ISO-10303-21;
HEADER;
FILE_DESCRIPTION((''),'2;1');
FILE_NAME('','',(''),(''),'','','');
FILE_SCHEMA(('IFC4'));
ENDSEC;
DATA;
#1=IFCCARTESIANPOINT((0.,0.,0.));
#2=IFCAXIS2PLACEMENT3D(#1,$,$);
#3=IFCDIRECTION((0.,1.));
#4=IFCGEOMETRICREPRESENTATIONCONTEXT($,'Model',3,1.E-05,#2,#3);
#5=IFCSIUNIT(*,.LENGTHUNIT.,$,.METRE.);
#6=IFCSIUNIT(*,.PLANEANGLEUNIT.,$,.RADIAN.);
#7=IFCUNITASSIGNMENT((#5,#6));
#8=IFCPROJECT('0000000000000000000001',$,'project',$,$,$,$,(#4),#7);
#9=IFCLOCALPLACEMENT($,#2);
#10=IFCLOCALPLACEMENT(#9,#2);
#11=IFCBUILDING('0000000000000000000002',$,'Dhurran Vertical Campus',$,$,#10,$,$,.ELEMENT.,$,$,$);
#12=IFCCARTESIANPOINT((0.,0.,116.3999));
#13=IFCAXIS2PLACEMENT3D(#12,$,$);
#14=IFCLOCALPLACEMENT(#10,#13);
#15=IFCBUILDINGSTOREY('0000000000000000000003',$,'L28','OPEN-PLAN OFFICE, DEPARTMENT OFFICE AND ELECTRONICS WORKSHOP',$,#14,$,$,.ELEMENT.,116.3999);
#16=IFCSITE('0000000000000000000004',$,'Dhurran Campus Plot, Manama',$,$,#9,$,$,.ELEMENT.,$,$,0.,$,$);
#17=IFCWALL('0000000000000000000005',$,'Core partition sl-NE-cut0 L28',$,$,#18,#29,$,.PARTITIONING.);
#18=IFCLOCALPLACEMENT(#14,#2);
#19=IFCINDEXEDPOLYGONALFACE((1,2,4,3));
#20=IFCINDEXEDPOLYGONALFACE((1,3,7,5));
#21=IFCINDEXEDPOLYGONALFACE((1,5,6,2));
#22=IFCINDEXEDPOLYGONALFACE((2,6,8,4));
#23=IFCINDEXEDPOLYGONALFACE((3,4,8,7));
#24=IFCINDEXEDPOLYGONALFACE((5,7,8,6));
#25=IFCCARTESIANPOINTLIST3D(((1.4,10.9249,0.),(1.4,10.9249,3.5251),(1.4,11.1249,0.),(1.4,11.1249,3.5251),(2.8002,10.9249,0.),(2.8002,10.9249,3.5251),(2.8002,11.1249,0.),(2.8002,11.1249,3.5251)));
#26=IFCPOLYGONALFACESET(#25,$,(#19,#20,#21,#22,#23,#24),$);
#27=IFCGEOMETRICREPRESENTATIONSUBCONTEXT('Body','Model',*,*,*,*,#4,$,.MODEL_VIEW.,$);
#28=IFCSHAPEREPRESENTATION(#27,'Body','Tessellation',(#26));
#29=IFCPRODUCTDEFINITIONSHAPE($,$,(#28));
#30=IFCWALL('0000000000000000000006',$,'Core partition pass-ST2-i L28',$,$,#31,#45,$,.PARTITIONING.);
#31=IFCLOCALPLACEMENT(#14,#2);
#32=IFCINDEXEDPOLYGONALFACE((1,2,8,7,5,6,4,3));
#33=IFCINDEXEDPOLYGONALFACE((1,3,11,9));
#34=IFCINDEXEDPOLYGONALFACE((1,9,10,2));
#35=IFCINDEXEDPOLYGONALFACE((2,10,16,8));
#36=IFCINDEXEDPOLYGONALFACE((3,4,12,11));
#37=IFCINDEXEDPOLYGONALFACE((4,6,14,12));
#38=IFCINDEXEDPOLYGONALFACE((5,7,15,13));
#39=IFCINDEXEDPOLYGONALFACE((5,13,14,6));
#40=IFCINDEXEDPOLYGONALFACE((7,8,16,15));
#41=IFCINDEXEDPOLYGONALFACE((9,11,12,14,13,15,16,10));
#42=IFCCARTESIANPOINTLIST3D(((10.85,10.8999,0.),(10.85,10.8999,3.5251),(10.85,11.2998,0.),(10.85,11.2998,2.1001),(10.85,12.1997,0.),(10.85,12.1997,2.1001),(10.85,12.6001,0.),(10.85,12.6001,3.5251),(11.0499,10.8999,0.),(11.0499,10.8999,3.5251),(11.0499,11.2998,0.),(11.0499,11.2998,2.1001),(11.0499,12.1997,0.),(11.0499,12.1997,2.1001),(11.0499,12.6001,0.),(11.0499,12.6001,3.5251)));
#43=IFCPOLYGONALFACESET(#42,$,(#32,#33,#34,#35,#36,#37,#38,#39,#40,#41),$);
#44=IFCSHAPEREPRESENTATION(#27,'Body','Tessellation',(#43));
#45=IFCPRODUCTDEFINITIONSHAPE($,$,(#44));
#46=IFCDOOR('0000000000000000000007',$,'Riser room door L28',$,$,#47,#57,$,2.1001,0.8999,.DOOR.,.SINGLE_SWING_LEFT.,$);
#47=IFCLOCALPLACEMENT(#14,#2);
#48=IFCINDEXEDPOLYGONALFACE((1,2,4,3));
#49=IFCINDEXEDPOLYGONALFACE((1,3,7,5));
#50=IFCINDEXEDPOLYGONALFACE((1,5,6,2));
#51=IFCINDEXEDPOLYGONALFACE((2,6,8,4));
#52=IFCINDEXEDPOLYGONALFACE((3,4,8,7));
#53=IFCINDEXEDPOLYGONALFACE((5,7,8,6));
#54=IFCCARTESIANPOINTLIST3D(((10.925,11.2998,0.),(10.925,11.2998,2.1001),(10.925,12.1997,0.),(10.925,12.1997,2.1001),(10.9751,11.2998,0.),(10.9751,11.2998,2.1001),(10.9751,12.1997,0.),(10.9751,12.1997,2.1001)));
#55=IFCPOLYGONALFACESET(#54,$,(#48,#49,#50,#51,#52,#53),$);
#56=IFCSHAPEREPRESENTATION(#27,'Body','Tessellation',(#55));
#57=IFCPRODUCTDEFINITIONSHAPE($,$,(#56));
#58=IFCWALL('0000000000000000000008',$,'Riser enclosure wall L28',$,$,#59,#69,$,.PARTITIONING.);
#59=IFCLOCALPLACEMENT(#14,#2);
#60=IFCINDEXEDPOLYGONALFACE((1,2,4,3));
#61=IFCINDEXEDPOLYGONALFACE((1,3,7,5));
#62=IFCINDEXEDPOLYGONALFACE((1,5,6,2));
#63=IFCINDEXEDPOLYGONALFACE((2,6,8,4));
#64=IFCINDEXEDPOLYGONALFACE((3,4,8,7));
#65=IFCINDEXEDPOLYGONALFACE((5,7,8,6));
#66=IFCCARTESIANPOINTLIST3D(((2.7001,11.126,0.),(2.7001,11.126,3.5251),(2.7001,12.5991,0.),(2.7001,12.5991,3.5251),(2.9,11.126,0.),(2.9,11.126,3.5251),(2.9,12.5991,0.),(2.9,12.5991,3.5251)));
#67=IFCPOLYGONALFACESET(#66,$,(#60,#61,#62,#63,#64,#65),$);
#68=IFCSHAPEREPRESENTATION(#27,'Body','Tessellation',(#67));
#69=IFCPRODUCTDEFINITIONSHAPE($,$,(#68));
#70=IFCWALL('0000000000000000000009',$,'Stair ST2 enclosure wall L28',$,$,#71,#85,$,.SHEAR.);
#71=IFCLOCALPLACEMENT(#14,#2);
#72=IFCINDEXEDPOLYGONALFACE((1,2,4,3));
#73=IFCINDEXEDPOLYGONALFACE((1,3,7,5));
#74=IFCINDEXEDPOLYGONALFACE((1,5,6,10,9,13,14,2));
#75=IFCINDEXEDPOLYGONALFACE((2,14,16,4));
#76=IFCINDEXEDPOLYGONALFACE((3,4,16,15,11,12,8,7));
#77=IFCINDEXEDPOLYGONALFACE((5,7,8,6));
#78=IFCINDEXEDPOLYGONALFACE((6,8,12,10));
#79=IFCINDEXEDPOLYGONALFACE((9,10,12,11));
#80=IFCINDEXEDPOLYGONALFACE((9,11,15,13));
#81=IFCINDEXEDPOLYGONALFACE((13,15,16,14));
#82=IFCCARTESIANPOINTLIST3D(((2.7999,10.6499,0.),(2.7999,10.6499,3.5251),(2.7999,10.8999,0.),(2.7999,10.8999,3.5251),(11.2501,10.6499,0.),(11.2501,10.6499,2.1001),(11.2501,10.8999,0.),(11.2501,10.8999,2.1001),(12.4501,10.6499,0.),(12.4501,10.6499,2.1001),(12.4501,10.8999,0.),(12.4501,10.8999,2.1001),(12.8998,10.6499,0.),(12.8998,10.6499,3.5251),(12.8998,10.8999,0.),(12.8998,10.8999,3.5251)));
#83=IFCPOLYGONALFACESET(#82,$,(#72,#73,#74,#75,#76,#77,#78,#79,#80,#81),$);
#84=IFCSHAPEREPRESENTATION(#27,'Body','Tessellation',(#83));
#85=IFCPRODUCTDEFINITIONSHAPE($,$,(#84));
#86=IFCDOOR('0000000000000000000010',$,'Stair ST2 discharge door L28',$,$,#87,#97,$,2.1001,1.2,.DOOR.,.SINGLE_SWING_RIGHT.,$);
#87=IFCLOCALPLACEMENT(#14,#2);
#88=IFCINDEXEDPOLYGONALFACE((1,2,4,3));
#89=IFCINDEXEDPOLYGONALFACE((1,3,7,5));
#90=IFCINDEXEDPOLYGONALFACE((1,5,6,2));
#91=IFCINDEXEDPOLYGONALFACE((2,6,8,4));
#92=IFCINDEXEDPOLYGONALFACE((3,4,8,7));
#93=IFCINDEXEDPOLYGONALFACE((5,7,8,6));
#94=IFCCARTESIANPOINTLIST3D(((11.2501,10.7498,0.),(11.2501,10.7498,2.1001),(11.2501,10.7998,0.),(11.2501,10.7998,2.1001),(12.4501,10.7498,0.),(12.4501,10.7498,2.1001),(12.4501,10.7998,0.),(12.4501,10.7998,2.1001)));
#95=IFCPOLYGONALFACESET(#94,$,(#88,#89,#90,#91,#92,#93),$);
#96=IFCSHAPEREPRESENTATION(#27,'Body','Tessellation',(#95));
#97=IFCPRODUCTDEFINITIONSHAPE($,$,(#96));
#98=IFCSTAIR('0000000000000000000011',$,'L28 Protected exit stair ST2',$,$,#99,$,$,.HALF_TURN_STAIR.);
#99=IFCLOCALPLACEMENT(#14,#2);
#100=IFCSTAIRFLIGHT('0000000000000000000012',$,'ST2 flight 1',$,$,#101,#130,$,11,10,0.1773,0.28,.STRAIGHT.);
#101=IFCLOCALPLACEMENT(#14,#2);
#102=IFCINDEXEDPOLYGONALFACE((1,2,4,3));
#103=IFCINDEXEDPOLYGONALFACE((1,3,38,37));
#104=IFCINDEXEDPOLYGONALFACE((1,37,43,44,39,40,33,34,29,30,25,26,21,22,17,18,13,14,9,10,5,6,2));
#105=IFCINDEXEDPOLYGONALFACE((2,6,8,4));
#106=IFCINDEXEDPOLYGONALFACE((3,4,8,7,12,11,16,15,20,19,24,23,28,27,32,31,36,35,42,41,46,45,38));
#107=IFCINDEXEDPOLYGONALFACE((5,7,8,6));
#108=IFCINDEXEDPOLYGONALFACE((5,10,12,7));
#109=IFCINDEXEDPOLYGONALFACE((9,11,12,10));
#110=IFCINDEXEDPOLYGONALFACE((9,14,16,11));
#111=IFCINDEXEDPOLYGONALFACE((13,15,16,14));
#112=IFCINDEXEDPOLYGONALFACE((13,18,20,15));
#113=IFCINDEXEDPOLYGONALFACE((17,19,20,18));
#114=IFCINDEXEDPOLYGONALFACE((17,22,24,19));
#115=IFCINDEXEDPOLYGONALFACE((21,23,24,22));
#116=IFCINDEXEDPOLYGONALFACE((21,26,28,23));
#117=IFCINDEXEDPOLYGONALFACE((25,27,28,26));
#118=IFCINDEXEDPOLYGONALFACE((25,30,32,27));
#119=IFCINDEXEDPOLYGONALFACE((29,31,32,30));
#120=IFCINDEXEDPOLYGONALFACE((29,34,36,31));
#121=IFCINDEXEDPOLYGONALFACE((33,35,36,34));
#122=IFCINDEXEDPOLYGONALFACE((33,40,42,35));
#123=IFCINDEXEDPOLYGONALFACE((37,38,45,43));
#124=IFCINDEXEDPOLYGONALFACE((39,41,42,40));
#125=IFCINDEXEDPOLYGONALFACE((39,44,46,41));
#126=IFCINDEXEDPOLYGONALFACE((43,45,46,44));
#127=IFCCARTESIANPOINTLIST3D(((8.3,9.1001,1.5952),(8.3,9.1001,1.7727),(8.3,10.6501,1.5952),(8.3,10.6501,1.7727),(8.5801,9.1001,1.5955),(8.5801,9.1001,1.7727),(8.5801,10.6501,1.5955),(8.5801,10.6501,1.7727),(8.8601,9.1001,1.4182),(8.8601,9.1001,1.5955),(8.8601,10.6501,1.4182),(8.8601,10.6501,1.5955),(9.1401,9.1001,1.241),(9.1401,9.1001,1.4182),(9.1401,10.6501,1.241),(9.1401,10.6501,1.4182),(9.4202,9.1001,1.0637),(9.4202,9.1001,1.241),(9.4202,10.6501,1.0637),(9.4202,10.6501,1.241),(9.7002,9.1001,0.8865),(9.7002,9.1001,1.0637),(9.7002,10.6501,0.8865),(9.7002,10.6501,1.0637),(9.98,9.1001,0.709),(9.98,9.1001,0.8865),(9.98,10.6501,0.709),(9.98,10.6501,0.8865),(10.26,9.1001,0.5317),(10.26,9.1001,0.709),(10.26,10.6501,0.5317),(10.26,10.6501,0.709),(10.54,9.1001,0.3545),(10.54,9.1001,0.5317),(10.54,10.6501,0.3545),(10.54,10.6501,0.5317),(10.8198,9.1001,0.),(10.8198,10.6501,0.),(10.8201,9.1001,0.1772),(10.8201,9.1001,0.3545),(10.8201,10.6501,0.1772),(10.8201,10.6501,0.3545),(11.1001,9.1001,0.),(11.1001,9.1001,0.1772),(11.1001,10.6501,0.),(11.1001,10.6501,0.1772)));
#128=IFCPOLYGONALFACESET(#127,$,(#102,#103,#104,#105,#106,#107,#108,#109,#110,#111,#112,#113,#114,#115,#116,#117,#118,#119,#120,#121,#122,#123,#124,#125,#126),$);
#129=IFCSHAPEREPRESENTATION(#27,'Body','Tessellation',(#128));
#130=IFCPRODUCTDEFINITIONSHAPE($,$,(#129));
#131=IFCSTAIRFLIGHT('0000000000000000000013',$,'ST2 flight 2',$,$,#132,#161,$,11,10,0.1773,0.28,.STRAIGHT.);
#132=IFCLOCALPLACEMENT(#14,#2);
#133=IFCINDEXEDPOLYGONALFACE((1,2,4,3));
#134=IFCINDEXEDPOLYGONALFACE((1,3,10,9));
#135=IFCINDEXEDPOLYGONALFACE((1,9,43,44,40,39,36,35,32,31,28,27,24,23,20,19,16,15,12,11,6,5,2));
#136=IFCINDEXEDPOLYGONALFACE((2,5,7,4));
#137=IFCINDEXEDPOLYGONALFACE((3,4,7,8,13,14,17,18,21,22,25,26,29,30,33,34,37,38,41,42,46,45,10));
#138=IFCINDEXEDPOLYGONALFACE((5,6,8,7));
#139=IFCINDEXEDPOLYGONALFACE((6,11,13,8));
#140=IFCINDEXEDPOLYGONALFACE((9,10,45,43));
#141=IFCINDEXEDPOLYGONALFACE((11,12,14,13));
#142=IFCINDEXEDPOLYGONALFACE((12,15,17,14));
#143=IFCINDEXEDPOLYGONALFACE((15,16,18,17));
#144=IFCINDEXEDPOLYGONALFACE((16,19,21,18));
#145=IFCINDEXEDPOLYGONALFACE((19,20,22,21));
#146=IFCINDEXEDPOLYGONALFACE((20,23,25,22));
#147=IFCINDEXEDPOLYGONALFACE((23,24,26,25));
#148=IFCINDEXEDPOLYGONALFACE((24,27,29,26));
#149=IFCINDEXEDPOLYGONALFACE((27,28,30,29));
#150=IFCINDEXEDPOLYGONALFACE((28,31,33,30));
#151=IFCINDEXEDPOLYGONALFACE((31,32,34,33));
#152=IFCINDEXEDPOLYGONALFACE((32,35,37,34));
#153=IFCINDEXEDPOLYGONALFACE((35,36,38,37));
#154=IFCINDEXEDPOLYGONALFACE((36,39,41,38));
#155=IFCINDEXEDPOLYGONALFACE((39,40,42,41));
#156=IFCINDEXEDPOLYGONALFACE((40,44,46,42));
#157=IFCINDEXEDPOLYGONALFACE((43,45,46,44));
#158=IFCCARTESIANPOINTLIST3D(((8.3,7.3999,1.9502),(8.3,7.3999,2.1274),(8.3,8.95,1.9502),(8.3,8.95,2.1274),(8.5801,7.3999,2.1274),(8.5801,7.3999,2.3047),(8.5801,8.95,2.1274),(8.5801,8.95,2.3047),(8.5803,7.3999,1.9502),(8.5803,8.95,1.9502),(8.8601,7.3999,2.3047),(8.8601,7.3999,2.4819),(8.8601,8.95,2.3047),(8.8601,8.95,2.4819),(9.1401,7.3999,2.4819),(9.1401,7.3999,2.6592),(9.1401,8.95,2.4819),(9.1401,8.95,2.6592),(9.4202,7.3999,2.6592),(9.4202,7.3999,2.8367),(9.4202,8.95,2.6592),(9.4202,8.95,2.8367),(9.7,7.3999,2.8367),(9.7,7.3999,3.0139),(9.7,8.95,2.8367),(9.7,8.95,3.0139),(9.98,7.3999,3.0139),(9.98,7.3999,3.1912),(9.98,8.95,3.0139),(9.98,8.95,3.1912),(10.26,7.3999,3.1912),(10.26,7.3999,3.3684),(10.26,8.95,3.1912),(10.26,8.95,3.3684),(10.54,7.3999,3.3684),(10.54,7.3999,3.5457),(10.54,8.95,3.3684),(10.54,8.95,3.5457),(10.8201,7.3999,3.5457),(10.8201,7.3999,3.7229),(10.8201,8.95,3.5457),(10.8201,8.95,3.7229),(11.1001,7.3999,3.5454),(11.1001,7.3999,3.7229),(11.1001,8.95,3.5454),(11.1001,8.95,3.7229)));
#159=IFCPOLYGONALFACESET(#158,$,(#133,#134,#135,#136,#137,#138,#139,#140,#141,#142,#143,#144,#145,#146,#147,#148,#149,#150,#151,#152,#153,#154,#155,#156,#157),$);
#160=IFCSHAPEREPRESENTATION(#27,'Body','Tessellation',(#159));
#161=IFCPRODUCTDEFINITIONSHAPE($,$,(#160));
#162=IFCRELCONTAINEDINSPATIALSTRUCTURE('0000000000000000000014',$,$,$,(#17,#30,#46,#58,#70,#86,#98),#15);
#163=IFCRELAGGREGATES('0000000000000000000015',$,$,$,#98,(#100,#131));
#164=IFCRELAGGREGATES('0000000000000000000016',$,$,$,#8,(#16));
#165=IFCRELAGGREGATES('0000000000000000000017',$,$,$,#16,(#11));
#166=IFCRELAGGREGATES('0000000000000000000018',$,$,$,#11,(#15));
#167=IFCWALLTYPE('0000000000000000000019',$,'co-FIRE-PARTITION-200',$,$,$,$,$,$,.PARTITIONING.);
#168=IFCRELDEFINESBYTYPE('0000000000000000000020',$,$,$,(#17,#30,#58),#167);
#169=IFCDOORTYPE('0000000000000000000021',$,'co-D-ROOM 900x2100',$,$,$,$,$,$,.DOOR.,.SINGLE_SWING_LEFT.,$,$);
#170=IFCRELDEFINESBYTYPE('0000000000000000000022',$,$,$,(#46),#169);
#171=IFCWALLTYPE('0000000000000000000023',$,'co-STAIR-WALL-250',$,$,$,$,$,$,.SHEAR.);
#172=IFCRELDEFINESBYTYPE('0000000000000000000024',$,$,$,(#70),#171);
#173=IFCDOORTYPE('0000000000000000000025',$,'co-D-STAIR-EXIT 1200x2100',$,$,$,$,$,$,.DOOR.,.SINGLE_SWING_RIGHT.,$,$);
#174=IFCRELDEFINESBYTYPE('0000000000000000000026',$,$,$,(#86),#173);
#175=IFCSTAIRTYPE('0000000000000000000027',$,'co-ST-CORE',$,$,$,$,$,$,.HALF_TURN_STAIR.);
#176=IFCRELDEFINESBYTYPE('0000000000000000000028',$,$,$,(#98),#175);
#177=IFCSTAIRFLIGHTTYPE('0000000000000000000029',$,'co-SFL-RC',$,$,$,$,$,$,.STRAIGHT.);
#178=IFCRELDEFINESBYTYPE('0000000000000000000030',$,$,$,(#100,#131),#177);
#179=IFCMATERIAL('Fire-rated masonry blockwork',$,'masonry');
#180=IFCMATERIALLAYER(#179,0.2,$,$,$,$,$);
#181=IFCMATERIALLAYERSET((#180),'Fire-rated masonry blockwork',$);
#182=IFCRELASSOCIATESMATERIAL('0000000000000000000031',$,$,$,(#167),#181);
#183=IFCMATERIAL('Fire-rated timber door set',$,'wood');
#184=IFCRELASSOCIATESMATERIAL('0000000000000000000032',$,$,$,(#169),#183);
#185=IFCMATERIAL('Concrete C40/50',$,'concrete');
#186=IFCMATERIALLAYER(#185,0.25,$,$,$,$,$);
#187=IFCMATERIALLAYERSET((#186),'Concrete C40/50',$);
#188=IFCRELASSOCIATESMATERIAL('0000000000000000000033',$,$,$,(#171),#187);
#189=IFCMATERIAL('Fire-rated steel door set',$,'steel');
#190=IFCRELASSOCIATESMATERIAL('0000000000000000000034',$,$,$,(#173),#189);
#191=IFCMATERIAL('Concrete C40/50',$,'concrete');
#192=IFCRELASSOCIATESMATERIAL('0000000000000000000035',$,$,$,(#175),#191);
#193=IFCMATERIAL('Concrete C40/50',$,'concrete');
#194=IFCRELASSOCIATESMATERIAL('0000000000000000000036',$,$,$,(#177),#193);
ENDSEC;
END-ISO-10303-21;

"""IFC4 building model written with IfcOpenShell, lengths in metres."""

from ifc_helpers import new_model, si_unit, direction, frame, frame_2d, origin, place, context, subcontext, project, spatial, polyline, rectangle, outline, extrude, material, layer, layer_set, type_object, element, fill, aggregate, save


model = new_model("IFC4")

# Units and contexts
model_context = context("Model", 3, precision=1e-05, world=origin(), true_north=direction((0.0, 1.0)))
body_context = subcontext(model_context, "Body", "Model", "MODEL_VIEW")
ifc_project = project(units=[si_unit("LENGTHUNIT", "METRE"), si_unit("PLANEANGLEUNIT", "RADIAN")], contexts=[model_context])

# Site, building, storey
site_placement = place(None, origin())
site = spatial("IfcSite", under=ifc_project, at=site_placement, Name="Dhurran Campus Plot, Manama", CompositionType="ELEMENT", RefElevation=0.0)
building_placement = place(site_placement, origin())
building = spatial("IfcBuilding", under=site, at=building_placement, Name="Dhurran Vertical Campus", CompositionType="ELEMENT")
storey_placement = place(building_placement, frame((0.0, 0.0, 116.3999)))
storey = spatial("IfcBuildingStorey", under=building, at=storey_placement, Name="L28", Description="OPEN-PLAN OFFICE, DEPARTMENT OFFICE AND ELECTRONICS WORKSHOP", CompositionType="ELEMENT", Elevation=116.3999)

# Wall
ifc_material_1 = material(Name="Fire-rated masonry blockwork", Category="masonry")
ifc_layer_1 = layer(ifc_material_1, 0.2)
ifc_layer_set_1 = layer_set([ifc_layer_1], Name="Fire-rated masonry blockwork")
wall_type_1 = type_object("IfcWallType", Name="co-FIRE-PARTITION-200", PredefinedType="PARTITIONING", material=ifc_layer_set_1)
wall_1_placement = place(storey_placement, frame((1.3999, 11.0249, 0.0), z_axis=(0.0, 0.0, 1.0), x_axis=(1.0, 0.0, 0.0)))
element("IfcWall", 1, at=wall_1_placement, inside=storey, type_object=wall_type_1, Name="Core partition sl-NE-cut0 L28", PredefinedType="PARTITIONING", context=body_context, shape_type="SweptSolid", body=[
    extrude(rectangle(XDim=1.4001, YDim=0.2, at=frame_2d((0.7002, 0.0))), origin(), (0.0, 0.0, 1.0), 3.5251),
])

# Wall, opening, door
wall_2_placement = place(storey_placement, frame((10.95, 10.8999, 0.0), z_axis=(0.0, 0.0, 1.0), x_axis=(0.0, 1.0, 0.0)))
wall_2 = element("IfcWall", 2, at=wall_2_placement, inside=storey, type_object=wall_type_1, Name="Core partition pass-ST2-i L28", PredefinedType="PARTITIONING", context=body_context, shape_type="SweptSolid", body=[
    extrude(rectangle(XDim=1.7002, YDim=0.2, at=frame_2d((0.8501, 0.0))), origin(), (0.0, 0.0, 1.0), 3.5251),
])
opening_1_placement = place(wall_2_placement, frame((0.3999, 0.0, 0.0)))
opening_1 = element("IfcOpeningElement", 3, at=opening_1_placement, cuts=wall_2, PredefinedType="OPENING", context=body_context, shape_type="SweptSolid", body=[
    extrude(rectangle(XDim=0.8999, YDim=2.1001, at=frame_2d((0.45, 1.05))), frame((0.0, 0.1099, 0.0), z_axis=(0.0, -1.0, 0.0), x_axis=(1.0, 0.0, 0.0)), (0.0, 0.0, 1.0), 0.22),
])
ifc_material_2 = material(Name="Fire-rated timber door set", Category="wood")
door_type_1 = type_object("IfcDoorType", Name="co-D-ROOM 900x2100", OperationType="SINGLE_SWING_LEFT", PredefinedType="DOOR", material=ifc_material_2)
door_1_placement = place(opening_1_placement, origin())
door_1 = element("IfcDoor", 4, at=door_1_placement, inside=storey, type_object=door_type_1, Name="Riser room door L28", OperationType="SINGLE_SWING_LEFT", OverallHeight=2.1001, OverallWidth=0.8999, PredefinedType="DOOR", context=body_context, shape_type="SweptSolid", body=[
    extrude(rectangle(XDim=0.8999, YDim=2.1001, at=frame_2d((0.45, 1.05))), frame((0.0, 0.0249, 0.0), z_axis=(0.0, -1.0, 0.0), x_axis=(1.0, 0.0, 0.0)), (0.0, 0.0, 1.0), 0.05),
])
fill(opening_1, door_1)

# Wall
wall_3_placement = place(storey_placement, frame((2.8, 12.5991, 0.0), z_axis=(0.0, 0.0, 1.0), x_axis=(0.0, -1.0, 0.0)))
element("IfcWall", 5, at=wall_3_placement, inside=storey, type_object=wall_type_1, Name="Riser enclosure wall L28", PredefinedType="PARTITIONING", context=body_context, shape_type="SweptSolid", body=[
    extrude(rectangle(XDim=1.4731, YDim=0.2, at=frame_2d((0.7366, 0.0))), origin(), (0.0, 0.0, 1.0), 3.5251),
])

# Wall, opening, door
ifc_material_3 = material(Name="Concrete C40/50", Category="concrete")
ifc_layer_2 = layer(ifc_material_3, 0.25)
ifc_layer_set_2 = layer_set([ifc_layer_2], Name="Concrete C40/50")
wall_type_2 = type_object("IfcWallType", Name="co-STAIR-WALL-250", PredefinedType="SHEAR", material=ifc_layer_set_2)
wall_4_placement = place(storey_placement, frame((2.8, 10.7749, 0.0), z_axis=(0.0, 0.0, 1.0), x_axis=(1.0, 0.0, 0.0)))
wall_4 = element("IfcWall", 6, at=wall_4_placement, inside=storey, type_object=wall_type_2, Name="Stair ST2 enclosure wall L28", PredefinedType="SHEAR", context=body_context, shape_type="SweptSolid", body=[
    extrude(rectangle(XDim=10.0999, YDim=0.25, at=frame_2d((5.0498, 0.0))), origin(), (0.0, 0.0, 1.0), 3.5251),
])
opening_2_placement = place(wall_4_placement, frame((8.45, 0.0, 0.0)))
opening_2 = element("IfcOpeningElement", 7, at=opening_2_placement, cuts=wall_4, PredefinedType="OPENING", context=body_context, shape_type="SweptSolid", body=[
    extrude(rectangle(XDim=1.2, YDim=2.1001, at=frame_2d((0.6001, 1.05))), frame((0.0, 0.135, 0.0), z_axis=(0.0, -1.0, 0.0), x_axis=(1.0, 0.0, 0.0)), (0.0, 0.0, 1.0), 0.27),
])
ifc_material_4 = material(Name="Fire-rated steel door set", Category="steel")
door_type_2 = type_object("IfcDoorType", Name="co-D-STAIR-EXIT 1200x2100", OperationType="SINGLE_SWING_RIGHT", PredefinedType="DOOR", material=ifc_material_4)
door_2_placement = place(opening_2_placement, origin())
door_2 = element("IfcDoor", 8, at=door_2_placement, inside=storey, type_object=door_type_2, Name="Stair ST2 discharge door L28", OperationType="SINGLE_SWING_RIGHT", OverallHeight=2.1001, OverallWidth=1.2, PredefinedType="DOOR", context=body_context, shape_type="SweptSolid", body=[
    extrude(rectangle(XDim=1.2, YDim=2.1001, at=frame_2d((0.6001, 1.05))), frame((0.0, 0.0249, 0.0), z_axis=(0.0, -1.0, 0.0), x_axis=(1.0, 0.0, 0.0)), (0.0, 0.0, 1.0), 0.05),
])
fill(opening_2, door_2)

# Stair, stair flights
ifc_material_5 = material(Name="Concrete C40/50", Category="concrete")
stair_type = type_object("IfcStairType", Name="co-ST-CORE", PredefinedType="HALF_TURN_STAIR", material=ifc_material_5)
stair_placement = place(storey_placement, origin())
stair = element("IfcStair", 9, at=stair_placement, inside=storey, type_object=stair_type, Name="L28 Protected exit stair ST2", PredefinedType="HALF_TURN_STAIR")
ifc_material_6 = material(Name="Concrete C40/50", Category="concrete")
stair_flight_type = type_object("IfcStairFlightType", Name="co-SFL-RC", PredefinedType="STRAIGHT", material=ifc_material_6)
stair_flight_1_placement = place(storey_placement, frame((11.1001, 9.875, 0.0), z_axis=(0.0, 0.0, 1.0), x_axis=(-1.0, 0.0, 0.0)))
stair_flight_1 = element("IfcStairFlight", 10, at=stair_flight_1_placement, type_object=stair_flight_type, Name="ST2 flight 1", NumberOfRisers=11, NumberOfTreads=10, PredefinedType="STRAIGHT", RiserHeight=0.1773, TreadLength=0.28, context=body_context, shape_type="SweptSolid", body=[
    extrude(outline(polyline([(0.0, 0.0), (0.0, 0.1772), (0.28, 0.1772), (0.28, 0.3545), (0.5601, 0.3545), (0.5601, 0.5317), (0.8401, 0.5317), (0.8401, 0.709), (1.1201, 0.709), (1.1201, 0.8865), (1.3999, 0.8865), (1.3999, 1.0637), (1.6799, 1.0637), (1.6799, 1.241), (1.96, 1.241), (1.96, 1.4182), (2.24, 1.4182), (2.24, 1.5955), (2.52, 1.5955), (2.52, 1.7727), (2.8, 1.7727), (2.8, 1.95), (2.8, 1.5952), (0.2803, 0.0), (0.0, 0.0)])), frame((0.0, 0.7749, 0.0), z_axis=(0.0, -1.0, 0.0), x_axis=(1.0, 0.0, 0.0)), (0.0, 0.0, 1.0), 1.55),
])
stair_flight_2_placement = place(storey_placement, frame((8.3, 8.175, 1.9502), z_axis=(0.0, 0.0, 1.0), x_axis=(1.0, 0.0, 0.0)))
stair_flight_2 = element("IfcStairFlight", 11, at=stair_flight_2_placement, type_object=stair_flight_type, Name="ST2 flight 2", NumberOfRisers=11, NumberOfTreads=10, PredefinedType="STRAIGHT", RiserHeight=0.1773, TreadLength=0.28, context=body_context, shape_type="SweptSolid", body=[
    extrude(outline(polyline([(0.0, 0.0), (0.0, 0.1772), (0.28, 0.1772), (0.28, 0.3545), (0.5601, 0.3545), (0.5601, 0.5317), (0.8401, 0.5317), (0.8401, 0.709), (1.1201, 0.709), (1.1201, 0.8865), (1.3999, 0.8865), (1.3999, 1.0637), (1.6799, 1.0637), (1.6799, 1.241), (1.96, 1.241), (1.96, 1.4182), (2.24, 1.4182), (2.24, 1.5955), (2.52, 1.5955), (2.52, 1.7727), (2.8, 1.7727), (2.8, 1.95), (2.8, 1.5952), (0.2803, 0.0), (0.0, 0.0)])), frame((0.0, 0.7749, 0.0), z_axis=(0.0, -1.0, 0.0), x_axis=(1.0, 0.0, 0.0)), (0.0, 0.0, 1.0), 1.55),
])
aggregate(stair, [stair_flight_1, stair_flight_2])

save(model, "model.ifc")
